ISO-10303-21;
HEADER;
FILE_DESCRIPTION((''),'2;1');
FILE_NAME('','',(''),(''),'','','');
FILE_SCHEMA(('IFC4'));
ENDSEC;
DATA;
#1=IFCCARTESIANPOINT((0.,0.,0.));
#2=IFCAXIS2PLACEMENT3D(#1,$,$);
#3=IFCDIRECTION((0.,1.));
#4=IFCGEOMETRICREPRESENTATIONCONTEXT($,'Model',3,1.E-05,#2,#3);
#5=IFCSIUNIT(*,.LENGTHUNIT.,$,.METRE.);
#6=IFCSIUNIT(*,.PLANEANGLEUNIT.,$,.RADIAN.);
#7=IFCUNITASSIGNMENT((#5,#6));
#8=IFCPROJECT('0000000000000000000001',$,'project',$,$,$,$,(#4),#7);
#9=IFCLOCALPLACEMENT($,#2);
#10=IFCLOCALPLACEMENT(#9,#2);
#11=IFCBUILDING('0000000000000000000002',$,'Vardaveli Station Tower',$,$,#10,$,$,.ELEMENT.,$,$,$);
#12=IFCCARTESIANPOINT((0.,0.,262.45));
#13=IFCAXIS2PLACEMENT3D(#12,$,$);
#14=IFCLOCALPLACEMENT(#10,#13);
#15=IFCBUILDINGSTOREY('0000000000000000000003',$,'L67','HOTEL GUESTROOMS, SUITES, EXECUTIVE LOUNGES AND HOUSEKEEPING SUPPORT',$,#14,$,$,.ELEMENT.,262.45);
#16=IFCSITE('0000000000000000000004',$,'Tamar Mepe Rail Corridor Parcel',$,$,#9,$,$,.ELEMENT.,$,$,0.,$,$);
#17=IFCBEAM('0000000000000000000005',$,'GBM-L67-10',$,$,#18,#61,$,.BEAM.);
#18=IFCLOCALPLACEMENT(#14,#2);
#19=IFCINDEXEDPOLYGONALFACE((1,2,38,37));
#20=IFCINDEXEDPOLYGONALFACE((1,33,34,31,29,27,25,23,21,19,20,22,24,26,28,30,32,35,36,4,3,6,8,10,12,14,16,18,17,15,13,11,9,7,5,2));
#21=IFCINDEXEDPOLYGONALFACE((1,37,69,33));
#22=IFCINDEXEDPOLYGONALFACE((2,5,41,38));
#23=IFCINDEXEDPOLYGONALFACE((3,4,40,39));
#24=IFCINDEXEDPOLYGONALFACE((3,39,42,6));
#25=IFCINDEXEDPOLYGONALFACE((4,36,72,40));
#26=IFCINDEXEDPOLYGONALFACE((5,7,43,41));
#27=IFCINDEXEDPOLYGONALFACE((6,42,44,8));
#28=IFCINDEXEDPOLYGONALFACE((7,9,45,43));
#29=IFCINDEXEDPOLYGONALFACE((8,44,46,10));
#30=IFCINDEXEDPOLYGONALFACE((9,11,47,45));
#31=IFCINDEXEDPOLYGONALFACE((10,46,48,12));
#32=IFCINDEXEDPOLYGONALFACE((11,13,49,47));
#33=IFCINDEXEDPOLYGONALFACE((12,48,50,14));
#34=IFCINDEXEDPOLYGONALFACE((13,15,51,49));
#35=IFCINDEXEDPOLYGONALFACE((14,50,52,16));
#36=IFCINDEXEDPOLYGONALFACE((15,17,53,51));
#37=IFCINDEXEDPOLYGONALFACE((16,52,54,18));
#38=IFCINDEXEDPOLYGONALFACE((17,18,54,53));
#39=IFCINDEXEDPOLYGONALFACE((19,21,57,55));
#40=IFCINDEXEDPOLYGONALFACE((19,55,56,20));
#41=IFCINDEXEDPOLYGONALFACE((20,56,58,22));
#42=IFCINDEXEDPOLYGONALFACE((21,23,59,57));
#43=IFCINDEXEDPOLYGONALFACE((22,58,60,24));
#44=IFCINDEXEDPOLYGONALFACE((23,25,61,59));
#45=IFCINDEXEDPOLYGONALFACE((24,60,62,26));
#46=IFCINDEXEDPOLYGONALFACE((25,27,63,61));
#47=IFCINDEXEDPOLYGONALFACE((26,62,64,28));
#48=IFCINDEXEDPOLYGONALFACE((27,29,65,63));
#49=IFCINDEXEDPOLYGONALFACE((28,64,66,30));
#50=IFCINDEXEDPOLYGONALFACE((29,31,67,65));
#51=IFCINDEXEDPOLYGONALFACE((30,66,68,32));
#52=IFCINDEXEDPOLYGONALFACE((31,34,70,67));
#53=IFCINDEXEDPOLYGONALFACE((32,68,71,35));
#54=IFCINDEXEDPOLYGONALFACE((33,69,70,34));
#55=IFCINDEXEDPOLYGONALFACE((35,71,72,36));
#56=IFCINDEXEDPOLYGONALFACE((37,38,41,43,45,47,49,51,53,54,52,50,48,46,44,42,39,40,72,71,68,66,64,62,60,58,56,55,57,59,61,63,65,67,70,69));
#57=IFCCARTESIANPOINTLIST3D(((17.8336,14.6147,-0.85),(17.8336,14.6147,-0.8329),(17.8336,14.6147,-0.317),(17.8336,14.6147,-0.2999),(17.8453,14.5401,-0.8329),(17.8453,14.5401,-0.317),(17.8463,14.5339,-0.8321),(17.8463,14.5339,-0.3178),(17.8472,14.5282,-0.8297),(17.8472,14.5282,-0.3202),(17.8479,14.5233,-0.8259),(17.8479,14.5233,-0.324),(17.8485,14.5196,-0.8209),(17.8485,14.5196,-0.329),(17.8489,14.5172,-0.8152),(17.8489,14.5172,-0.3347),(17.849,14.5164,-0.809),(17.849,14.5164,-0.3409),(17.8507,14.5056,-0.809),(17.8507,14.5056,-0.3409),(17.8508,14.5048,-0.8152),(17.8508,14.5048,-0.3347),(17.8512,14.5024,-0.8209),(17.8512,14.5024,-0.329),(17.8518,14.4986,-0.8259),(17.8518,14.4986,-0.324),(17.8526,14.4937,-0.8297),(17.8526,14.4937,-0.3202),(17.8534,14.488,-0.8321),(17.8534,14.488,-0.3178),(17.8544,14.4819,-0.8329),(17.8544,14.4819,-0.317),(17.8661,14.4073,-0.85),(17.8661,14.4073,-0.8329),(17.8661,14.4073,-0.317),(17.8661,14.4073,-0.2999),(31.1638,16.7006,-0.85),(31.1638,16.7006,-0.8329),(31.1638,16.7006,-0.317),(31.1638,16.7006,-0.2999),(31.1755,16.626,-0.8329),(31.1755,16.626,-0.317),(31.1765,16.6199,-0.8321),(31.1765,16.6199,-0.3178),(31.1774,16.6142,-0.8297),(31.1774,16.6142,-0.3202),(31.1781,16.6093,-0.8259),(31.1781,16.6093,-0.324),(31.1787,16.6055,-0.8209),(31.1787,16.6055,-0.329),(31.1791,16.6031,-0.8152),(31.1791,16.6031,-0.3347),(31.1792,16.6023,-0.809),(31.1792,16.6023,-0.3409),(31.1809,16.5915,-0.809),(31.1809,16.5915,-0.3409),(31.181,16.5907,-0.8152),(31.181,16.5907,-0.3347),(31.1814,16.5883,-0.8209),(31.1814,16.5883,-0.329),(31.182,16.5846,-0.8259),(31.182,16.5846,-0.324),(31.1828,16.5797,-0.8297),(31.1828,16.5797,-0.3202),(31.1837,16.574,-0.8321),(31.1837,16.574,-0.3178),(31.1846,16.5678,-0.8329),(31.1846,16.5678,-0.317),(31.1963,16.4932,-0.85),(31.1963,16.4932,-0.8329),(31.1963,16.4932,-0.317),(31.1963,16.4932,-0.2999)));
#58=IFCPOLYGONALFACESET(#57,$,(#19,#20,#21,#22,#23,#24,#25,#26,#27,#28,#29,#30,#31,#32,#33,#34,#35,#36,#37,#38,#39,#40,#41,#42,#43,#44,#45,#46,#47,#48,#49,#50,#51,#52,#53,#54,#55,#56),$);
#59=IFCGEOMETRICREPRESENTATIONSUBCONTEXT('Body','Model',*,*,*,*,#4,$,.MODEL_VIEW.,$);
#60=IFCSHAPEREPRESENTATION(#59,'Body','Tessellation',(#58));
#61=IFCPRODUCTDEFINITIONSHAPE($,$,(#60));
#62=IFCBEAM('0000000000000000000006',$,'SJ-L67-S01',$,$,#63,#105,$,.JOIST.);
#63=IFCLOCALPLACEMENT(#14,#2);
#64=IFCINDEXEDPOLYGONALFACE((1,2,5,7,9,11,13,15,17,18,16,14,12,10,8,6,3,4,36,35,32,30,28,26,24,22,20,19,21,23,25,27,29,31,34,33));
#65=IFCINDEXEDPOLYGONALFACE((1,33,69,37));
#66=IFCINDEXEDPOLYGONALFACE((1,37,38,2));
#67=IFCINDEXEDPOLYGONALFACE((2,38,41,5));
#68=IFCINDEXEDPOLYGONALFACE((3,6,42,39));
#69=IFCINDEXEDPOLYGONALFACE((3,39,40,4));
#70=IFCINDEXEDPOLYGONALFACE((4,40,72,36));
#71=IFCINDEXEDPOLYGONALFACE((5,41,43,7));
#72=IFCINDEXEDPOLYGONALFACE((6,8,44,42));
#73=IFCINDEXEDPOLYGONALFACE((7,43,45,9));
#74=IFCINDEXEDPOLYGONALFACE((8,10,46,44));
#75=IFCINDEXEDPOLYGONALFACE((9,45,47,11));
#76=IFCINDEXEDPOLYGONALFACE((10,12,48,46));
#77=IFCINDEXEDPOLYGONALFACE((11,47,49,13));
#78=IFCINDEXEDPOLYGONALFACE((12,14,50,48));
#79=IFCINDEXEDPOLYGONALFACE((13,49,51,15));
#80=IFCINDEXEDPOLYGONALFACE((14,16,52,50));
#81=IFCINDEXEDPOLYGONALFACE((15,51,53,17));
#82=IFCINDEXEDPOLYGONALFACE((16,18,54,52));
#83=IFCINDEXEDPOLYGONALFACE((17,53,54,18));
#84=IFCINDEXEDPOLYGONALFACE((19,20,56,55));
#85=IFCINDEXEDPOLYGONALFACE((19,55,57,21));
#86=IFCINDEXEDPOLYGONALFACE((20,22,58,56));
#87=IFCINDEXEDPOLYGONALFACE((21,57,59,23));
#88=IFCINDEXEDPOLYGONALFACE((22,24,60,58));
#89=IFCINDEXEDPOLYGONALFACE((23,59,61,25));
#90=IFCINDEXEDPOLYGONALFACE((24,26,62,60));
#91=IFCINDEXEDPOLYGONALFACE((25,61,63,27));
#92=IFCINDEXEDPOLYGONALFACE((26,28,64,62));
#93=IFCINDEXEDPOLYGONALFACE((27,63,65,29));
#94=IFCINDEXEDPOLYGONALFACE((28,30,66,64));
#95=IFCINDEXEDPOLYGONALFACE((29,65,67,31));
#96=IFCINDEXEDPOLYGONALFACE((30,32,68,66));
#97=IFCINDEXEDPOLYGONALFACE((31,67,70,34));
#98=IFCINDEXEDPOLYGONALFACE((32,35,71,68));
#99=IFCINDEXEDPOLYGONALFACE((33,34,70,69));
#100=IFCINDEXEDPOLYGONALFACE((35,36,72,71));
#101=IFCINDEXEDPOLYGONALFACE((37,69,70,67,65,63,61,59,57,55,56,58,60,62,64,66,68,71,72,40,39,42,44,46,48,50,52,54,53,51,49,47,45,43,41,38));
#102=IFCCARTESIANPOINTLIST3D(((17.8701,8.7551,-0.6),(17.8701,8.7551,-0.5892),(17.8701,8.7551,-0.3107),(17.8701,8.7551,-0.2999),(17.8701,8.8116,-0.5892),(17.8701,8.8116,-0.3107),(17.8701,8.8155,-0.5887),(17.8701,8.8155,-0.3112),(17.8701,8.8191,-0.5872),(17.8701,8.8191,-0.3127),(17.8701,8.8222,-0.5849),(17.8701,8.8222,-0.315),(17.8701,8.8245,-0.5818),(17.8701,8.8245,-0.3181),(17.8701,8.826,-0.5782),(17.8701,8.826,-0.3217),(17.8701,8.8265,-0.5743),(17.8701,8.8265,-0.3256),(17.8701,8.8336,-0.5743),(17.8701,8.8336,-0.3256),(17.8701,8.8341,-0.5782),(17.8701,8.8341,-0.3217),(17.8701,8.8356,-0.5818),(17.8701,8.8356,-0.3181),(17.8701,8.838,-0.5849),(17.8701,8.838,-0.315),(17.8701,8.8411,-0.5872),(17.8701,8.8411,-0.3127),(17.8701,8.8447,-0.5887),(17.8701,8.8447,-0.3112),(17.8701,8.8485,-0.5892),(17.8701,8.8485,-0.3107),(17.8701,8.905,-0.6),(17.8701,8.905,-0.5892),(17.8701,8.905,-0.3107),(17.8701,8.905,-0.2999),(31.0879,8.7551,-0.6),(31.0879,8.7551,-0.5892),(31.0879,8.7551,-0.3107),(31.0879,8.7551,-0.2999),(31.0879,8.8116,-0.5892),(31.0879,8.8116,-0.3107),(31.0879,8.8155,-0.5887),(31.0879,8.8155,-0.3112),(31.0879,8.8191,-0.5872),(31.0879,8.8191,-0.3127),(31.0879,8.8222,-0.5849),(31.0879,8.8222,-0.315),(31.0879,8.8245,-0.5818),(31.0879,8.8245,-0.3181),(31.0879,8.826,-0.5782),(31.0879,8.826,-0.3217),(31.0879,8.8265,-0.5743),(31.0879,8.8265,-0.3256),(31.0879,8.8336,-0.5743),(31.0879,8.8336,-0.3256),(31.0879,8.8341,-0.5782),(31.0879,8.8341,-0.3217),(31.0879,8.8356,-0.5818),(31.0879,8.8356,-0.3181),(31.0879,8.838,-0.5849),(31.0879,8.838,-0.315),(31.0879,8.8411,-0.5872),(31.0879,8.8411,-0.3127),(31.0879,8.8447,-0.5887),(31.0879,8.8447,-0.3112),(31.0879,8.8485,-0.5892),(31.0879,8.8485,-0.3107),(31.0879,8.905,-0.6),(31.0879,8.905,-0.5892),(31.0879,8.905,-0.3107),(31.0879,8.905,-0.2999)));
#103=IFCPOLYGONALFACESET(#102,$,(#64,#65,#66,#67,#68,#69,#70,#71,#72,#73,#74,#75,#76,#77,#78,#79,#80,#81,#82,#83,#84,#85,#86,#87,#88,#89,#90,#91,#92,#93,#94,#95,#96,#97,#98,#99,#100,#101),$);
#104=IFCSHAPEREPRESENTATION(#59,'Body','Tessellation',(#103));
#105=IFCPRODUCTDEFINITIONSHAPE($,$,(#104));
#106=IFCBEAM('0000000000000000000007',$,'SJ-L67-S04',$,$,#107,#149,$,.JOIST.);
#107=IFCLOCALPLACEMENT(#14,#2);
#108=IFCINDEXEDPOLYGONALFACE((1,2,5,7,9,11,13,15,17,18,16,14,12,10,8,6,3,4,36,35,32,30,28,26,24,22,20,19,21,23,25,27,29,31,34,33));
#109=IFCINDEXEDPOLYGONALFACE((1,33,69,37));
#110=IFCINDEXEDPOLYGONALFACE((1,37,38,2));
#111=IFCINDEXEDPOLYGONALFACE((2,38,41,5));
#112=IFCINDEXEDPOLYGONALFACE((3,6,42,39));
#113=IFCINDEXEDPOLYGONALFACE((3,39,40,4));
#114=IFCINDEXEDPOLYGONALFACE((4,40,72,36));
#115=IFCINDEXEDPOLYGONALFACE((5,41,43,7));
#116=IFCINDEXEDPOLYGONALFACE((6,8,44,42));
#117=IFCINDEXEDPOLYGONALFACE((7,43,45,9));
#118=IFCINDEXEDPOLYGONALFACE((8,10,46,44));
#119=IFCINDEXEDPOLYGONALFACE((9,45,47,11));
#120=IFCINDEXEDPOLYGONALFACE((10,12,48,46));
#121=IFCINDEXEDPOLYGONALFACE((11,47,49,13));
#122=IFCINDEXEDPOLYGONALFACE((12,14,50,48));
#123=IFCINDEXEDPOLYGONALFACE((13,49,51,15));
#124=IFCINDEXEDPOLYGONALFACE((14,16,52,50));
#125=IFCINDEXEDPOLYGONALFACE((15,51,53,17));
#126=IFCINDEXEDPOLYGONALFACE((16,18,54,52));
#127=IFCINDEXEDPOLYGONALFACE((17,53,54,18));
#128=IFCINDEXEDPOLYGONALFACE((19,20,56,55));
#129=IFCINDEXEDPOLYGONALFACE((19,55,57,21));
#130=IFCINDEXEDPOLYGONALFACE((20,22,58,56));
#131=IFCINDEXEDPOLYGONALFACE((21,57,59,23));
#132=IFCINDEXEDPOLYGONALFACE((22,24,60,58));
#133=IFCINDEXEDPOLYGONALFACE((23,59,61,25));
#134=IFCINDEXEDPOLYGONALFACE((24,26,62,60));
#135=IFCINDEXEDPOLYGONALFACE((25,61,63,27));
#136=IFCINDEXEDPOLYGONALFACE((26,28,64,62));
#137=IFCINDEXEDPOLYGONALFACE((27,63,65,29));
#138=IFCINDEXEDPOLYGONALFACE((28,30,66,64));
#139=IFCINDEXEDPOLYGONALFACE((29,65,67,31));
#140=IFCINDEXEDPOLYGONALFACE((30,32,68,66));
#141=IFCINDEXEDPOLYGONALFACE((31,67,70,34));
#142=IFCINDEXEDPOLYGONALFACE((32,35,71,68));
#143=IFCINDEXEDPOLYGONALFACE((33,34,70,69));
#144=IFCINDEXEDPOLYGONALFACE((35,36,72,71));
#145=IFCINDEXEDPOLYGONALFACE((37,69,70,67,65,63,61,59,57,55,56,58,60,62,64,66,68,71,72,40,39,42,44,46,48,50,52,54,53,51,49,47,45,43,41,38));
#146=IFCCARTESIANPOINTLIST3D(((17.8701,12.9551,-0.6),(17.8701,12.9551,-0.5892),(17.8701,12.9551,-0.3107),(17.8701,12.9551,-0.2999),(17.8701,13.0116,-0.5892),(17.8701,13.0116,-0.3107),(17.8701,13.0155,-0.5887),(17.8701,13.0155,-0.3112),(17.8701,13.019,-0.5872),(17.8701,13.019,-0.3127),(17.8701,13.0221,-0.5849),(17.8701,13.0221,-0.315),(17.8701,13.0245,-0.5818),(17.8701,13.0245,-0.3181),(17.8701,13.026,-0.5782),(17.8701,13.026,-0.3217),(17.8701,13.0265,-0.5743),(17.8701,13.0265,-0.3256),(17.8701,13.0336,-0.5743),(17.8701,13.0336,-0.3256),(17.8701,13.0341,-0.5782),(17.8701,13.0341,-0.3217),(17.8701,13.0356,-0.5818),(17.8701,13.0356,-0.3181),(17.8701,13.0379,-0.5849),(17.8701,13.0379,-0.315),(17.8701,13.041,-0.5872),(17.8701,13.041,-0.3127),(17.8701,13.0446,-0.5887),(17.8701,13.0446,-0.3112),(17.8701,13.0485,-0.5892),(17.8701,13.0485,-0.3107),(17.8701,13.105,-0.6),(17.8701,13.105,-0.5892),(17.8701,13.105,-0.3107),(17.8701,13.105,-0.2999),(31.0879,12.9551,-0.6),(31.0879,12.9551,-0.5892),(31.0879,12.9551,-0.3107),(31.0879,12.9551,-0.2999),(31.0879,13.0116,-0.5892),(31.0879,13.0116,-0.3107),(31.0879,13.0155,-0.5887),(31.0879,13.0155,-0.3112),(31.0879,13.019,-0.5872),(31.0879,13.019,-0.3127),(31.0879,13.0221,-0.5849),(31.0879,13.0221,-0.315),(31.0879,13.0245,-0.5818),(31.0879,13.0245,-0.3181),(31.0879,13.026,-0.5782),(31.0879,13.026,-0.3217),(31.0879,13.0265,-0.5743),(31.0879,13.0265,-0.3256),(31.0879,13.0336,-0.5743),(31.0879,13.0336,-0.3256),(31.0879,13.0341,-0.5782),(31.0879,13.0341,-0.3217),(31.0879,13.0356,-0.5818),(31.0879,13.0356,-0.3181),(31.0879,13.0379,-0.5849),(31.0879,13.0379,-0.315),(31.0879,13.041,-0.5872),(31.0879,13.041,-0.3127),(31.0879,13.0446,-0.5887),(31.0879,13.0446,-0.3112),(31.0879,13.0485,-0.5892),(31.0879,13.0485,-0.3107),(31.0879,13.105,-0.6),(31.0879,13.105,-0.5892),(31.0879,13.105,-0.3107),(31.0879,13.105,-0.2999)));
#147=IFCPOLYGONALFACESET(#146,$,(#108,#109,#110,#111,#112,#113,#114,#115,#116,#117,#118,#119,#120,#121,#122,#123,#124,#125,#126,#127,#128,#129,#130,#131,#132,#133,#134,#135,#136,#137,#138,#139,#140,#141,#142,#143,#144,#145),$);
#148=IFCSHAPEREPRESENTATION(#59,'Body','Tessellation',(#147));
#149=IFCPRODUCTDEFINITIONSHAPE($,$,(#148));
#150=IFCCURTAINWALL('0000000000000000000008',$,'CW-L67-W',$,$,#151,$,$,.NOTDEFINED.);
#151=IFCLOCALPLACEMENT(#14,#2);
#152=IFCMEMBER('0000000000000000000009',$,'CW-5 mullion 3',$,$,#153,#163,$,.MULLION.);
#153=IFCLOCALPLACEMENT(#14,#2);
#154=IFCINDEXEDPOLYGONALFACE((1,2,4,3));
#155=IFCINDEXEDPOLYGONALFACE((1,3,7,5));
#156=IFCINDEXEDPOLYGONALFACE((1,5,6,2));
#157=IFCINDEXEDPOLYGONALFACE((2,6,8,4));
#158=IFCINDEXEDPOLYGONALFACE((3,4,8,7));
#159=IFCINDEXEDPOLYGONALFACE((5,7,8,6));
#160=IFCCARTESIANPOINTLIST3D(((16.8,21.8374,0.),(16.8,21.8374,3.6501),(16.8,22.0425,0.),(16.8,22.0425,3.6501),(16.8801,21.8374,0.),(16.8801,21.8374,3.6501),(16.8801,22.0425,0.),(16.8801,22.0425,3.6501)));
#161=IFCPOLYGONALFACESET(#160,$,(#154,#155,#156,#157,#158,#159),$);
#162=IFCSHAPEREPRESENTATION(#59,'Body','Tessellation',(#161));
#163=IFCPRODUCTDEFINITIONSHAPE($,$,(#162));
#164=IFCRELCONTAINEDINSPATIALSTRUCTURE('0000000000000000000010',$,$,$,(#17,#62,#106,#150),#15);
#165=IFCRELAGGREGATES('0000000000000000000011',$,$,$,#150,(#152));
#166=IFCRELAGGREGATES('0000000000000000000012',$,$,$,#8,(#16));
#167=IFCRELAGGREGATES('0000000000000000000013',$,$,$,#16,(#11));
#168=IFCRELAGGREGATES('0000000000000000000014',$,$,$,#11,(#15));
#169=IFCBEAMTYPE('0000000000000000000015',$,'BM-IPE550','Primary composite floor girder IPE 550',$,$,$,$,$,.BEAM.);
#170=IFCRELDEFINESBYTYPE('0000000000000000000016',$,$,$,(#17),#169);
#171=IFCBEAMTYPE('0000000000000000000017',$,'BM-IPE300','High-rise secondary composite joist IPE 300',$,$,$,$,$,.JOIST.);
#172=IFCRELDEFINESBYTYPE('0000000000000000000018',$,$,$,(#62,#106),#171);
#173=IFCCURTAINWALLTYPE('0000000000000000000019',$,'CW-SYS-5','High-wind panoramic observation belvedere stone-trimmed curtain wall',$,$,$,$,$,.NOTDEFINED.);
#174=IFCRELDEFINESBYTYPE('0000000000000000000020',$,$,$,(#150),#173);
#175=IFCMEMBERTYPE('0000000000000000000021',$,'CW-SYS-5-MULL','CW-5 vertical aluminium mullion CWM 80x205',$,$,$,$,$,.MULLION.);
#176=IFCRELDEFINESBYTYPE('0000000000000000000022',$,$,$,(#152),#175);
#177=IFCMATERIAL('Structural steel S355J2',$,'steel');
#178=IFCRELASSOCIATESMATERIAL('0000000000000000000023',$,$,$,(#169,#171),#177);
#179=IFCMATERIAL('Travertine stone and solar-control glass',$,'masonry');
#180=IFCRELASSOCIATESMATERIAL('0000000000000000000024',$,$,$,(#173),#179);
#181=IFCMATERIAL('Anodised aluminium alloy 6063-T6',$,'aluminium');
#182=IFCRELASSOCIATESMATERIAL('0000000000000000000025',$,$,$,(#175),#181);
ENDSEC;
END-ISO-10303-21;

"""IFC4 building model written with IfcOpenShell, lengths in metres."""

from ifc_helpers import new_model, si_unit, direction, frame, origin, origin_2d, place, context, subcontext, project, spatial, rectangle, i_section, extrude, source, transform, mapped, material, material_profile, profile_set, type_object, element, aggregate, save


model = new_model("IFC4")

# Units and contexts
model_context = context("Model", 3, precision=1e-05, world=origin(), true_north=direction((0.0, 1.0)))
body_context = subcontext(model_context, "Body", "Model", "MODEL_VIEW")
ifc_project = project(units=[si_unit("LENGTHUNIT", "METRE"), si_unit("PLANEANGLEUNIT", "RADIAN")], contexts=[model_context])

# Site, building, storey
site_placement = place(None, origin())
site = spatial("IfcSite", under=ifc_project, at=site_placement, Name="Tamar Mepe Rail Corridor Parcel", CompositionType="ELEMENT", RefElevation=0.0)
building_placement = place(site_placement, origin())
building = spatial("IfcBuilding", under=site, at=building_placement, Name="Vardaveli Station Tower", CompositionType="ELEMENT")
storey_placement = place(building_placement, frame((0.0, 0.0, 262.45)))
storey = spatial("IfcBuildingStorey", under=building, at=storey_placement, Name="L67", Description="HOTEL GUESTROOMS, SUITES, EXECUTIVE LOUNGES AND HOUSEKEEPING SUPPORT", CompositionType="ELEMENT", Elevation=262.45)

# Beams
ifc_material_1 = material(Name="Structural steel S355J2", Category="steel")
ifc_material_profile_1 = material_profile(ifc_material_1, i_section(OverallWidth=0.21, OverallDepth=0.55, WebThickness=0.011, FlangeThickness=0.0171, FilletRadius=0.0239, at=origin_2d()), Name="IPE 550")
ifc_profile_set_1 = profile_set([ifc_material_profile_1], Name="Structural steel S355J2")
beam_type_1 = type_object("IfcBeamType", Name="BM-IPE550", Description="Primary composite floor girder IPE 550", PredefinedType="BEAM", material=ifc_profile_set_1)
shared_shape_1 = source(origin(), body_context, "Body", "SweptSolid", [
    extrude(i_section(OverallWidth=0.21, OverallDepth=0.55, WebThickness=0.011, FlangeThickness=0.0171, FilletRadius=0.0239, at=origin_2d()), origin(), (0.0, 0.0, 1.0), 13.4924),
])
beam_1_placement = place(storey_placement, frame((17.8499, 14.511, -0.575), z_axis=(0.987977, 0.154599, 0.0), x_axis=(-0.154599, 0.987977, 0.0)))
element("IfcBeam", 1, at=beam_1_placement, inside=storey, type_object=beam_type_1, Name="GBM-L67-10", PredefinedType="BEAM", context=body_context, shape_type="MappedRepresentation", body=[
    mapped(shared_shape_1, transform((0.0, 0.0, 0.0), scale=1.0)),
])
ifc_material_profile_2 = material_profile(ifc_material_1, i_section(OverallWidth=0.1499, OverallDepth=0.3, WebThickness=0.0071, FlangeThickness=0.0107, FilletRadius=0.0149, at=origin_2d()), Name="IPE 300")
ifc_profile_set_2 = profile_set([ifc_material_profile_2], Name="Structural steel S355J2")
beam_type_2 = type_object("IfcBeamType", Name="BM-IPE300", Description="High-rise secondary composite joist IPE 300", PredefinedType="JOIST", material=ifc_profile_set_2)
shared_shape_2 = source(origin(), body_context, "Body", "SweptSolid", [
    extrude(i_section(OverallWidth=0.1499, OverallDepth=0.3, WebThickness=0.0071, FlangeThickness=0.0107, FilletRadius=0.0149, at=origin_2d()), origin(), (0.0, 0.0, 1.0), 13.2178),
])
for number, where, z_axis, x_axis, name in (
    (2, (17.8701, 8.8301, -0.45), (1.0, 0.0, 0.0), (0.0, 1.0, 0.0), "SJ-L67-S01"),
    (3, (17.8701, 13.03, -0.45), (1.0, 0.0, 0.0), (0.0, 1.0, 0.0), "SJ-L67-S04"),
):
    element("IfcBeam", number, at=place(storey_placement, frame(where, z_axis=z_axis, x_axis=x_axis)), inside=storey, type_object=beam_type_2, Name=name, PredefinedType="JOIST", context=body_context, shape_type="MappedRepresentation", body=[
        mapped(shared_shape_2, transform((0.0, 0.0, 0.0), scale=1.0)),
    ])

# Curtain wall, member
ifc_material_2 = material(Name="Travertine stone and solar-control glass", Category="masonry")
curtain_wall_type = type_object("IfcCurtainWallType", Name="CW-SYS-5", Description="High-wind panoramic observation belvedere stone-trimmed curtain wall", PredefinedType="NOTDEFINED", material=ifc_material_2)
curtain_wall_placement = place(storey_placement, origin())
curtain_wall = element("IfcCurtainWall", 4, at=curtain_wall_placement, inside=storey, type_object=curtain_wall_type, Name="CW-L67-W", PredefinedType="NOTDEFINED")
ifc_material_3 = material(Name="Anodised aluminium alloy 6063-T6", Category="aluminium")
ifc_material_profile_3 = material_profile(ifc_material_3, rectangle(XDim=0.0801, YDim=0.2051, at=origin_2d()), Name="CWM 80x205")
ifc_profile_set_3 = profile_set([ifc_material_profile_3], Name="Anodised aluminium alloy 6063-T6")
member_type = type_object("IfcMemberType", Name="CW-SYS-5-MULL", Description="CW-5 vertical aluminium mullion CWM 80x205", PredefinedType="MULLION", material=ifc_profile_set_3)
shared_shape_3 = source(origin(), body_context, "Body", "SweptSolid", [
    extrude(rectangle(XDim=0.0801, YDim=0.2051, at=origin_2d()), origin(), (0.0, 0.0, 1.0), 3.6501),
])
member_placement = place(storey_placement, frame((16.8401, 21.9399, 0.0), z_axis=(0.0, 0.0, 1.0), x_axis=(1.0, 0.0, 0.0)))
member = element("IfcMember", 5, at=member_placement, type_object=member_type, Name="CW-5 mullion 3", PredefinedType="MULLION", context=body_context, shape_type="MappedRepresentation", body=[
    mapped(shared_shape_3, transform((0.0, 0.0, 0.0), scale=1.0)),
])
aggregate(curtain_wall, [member])

save(model, "model.ifc")
